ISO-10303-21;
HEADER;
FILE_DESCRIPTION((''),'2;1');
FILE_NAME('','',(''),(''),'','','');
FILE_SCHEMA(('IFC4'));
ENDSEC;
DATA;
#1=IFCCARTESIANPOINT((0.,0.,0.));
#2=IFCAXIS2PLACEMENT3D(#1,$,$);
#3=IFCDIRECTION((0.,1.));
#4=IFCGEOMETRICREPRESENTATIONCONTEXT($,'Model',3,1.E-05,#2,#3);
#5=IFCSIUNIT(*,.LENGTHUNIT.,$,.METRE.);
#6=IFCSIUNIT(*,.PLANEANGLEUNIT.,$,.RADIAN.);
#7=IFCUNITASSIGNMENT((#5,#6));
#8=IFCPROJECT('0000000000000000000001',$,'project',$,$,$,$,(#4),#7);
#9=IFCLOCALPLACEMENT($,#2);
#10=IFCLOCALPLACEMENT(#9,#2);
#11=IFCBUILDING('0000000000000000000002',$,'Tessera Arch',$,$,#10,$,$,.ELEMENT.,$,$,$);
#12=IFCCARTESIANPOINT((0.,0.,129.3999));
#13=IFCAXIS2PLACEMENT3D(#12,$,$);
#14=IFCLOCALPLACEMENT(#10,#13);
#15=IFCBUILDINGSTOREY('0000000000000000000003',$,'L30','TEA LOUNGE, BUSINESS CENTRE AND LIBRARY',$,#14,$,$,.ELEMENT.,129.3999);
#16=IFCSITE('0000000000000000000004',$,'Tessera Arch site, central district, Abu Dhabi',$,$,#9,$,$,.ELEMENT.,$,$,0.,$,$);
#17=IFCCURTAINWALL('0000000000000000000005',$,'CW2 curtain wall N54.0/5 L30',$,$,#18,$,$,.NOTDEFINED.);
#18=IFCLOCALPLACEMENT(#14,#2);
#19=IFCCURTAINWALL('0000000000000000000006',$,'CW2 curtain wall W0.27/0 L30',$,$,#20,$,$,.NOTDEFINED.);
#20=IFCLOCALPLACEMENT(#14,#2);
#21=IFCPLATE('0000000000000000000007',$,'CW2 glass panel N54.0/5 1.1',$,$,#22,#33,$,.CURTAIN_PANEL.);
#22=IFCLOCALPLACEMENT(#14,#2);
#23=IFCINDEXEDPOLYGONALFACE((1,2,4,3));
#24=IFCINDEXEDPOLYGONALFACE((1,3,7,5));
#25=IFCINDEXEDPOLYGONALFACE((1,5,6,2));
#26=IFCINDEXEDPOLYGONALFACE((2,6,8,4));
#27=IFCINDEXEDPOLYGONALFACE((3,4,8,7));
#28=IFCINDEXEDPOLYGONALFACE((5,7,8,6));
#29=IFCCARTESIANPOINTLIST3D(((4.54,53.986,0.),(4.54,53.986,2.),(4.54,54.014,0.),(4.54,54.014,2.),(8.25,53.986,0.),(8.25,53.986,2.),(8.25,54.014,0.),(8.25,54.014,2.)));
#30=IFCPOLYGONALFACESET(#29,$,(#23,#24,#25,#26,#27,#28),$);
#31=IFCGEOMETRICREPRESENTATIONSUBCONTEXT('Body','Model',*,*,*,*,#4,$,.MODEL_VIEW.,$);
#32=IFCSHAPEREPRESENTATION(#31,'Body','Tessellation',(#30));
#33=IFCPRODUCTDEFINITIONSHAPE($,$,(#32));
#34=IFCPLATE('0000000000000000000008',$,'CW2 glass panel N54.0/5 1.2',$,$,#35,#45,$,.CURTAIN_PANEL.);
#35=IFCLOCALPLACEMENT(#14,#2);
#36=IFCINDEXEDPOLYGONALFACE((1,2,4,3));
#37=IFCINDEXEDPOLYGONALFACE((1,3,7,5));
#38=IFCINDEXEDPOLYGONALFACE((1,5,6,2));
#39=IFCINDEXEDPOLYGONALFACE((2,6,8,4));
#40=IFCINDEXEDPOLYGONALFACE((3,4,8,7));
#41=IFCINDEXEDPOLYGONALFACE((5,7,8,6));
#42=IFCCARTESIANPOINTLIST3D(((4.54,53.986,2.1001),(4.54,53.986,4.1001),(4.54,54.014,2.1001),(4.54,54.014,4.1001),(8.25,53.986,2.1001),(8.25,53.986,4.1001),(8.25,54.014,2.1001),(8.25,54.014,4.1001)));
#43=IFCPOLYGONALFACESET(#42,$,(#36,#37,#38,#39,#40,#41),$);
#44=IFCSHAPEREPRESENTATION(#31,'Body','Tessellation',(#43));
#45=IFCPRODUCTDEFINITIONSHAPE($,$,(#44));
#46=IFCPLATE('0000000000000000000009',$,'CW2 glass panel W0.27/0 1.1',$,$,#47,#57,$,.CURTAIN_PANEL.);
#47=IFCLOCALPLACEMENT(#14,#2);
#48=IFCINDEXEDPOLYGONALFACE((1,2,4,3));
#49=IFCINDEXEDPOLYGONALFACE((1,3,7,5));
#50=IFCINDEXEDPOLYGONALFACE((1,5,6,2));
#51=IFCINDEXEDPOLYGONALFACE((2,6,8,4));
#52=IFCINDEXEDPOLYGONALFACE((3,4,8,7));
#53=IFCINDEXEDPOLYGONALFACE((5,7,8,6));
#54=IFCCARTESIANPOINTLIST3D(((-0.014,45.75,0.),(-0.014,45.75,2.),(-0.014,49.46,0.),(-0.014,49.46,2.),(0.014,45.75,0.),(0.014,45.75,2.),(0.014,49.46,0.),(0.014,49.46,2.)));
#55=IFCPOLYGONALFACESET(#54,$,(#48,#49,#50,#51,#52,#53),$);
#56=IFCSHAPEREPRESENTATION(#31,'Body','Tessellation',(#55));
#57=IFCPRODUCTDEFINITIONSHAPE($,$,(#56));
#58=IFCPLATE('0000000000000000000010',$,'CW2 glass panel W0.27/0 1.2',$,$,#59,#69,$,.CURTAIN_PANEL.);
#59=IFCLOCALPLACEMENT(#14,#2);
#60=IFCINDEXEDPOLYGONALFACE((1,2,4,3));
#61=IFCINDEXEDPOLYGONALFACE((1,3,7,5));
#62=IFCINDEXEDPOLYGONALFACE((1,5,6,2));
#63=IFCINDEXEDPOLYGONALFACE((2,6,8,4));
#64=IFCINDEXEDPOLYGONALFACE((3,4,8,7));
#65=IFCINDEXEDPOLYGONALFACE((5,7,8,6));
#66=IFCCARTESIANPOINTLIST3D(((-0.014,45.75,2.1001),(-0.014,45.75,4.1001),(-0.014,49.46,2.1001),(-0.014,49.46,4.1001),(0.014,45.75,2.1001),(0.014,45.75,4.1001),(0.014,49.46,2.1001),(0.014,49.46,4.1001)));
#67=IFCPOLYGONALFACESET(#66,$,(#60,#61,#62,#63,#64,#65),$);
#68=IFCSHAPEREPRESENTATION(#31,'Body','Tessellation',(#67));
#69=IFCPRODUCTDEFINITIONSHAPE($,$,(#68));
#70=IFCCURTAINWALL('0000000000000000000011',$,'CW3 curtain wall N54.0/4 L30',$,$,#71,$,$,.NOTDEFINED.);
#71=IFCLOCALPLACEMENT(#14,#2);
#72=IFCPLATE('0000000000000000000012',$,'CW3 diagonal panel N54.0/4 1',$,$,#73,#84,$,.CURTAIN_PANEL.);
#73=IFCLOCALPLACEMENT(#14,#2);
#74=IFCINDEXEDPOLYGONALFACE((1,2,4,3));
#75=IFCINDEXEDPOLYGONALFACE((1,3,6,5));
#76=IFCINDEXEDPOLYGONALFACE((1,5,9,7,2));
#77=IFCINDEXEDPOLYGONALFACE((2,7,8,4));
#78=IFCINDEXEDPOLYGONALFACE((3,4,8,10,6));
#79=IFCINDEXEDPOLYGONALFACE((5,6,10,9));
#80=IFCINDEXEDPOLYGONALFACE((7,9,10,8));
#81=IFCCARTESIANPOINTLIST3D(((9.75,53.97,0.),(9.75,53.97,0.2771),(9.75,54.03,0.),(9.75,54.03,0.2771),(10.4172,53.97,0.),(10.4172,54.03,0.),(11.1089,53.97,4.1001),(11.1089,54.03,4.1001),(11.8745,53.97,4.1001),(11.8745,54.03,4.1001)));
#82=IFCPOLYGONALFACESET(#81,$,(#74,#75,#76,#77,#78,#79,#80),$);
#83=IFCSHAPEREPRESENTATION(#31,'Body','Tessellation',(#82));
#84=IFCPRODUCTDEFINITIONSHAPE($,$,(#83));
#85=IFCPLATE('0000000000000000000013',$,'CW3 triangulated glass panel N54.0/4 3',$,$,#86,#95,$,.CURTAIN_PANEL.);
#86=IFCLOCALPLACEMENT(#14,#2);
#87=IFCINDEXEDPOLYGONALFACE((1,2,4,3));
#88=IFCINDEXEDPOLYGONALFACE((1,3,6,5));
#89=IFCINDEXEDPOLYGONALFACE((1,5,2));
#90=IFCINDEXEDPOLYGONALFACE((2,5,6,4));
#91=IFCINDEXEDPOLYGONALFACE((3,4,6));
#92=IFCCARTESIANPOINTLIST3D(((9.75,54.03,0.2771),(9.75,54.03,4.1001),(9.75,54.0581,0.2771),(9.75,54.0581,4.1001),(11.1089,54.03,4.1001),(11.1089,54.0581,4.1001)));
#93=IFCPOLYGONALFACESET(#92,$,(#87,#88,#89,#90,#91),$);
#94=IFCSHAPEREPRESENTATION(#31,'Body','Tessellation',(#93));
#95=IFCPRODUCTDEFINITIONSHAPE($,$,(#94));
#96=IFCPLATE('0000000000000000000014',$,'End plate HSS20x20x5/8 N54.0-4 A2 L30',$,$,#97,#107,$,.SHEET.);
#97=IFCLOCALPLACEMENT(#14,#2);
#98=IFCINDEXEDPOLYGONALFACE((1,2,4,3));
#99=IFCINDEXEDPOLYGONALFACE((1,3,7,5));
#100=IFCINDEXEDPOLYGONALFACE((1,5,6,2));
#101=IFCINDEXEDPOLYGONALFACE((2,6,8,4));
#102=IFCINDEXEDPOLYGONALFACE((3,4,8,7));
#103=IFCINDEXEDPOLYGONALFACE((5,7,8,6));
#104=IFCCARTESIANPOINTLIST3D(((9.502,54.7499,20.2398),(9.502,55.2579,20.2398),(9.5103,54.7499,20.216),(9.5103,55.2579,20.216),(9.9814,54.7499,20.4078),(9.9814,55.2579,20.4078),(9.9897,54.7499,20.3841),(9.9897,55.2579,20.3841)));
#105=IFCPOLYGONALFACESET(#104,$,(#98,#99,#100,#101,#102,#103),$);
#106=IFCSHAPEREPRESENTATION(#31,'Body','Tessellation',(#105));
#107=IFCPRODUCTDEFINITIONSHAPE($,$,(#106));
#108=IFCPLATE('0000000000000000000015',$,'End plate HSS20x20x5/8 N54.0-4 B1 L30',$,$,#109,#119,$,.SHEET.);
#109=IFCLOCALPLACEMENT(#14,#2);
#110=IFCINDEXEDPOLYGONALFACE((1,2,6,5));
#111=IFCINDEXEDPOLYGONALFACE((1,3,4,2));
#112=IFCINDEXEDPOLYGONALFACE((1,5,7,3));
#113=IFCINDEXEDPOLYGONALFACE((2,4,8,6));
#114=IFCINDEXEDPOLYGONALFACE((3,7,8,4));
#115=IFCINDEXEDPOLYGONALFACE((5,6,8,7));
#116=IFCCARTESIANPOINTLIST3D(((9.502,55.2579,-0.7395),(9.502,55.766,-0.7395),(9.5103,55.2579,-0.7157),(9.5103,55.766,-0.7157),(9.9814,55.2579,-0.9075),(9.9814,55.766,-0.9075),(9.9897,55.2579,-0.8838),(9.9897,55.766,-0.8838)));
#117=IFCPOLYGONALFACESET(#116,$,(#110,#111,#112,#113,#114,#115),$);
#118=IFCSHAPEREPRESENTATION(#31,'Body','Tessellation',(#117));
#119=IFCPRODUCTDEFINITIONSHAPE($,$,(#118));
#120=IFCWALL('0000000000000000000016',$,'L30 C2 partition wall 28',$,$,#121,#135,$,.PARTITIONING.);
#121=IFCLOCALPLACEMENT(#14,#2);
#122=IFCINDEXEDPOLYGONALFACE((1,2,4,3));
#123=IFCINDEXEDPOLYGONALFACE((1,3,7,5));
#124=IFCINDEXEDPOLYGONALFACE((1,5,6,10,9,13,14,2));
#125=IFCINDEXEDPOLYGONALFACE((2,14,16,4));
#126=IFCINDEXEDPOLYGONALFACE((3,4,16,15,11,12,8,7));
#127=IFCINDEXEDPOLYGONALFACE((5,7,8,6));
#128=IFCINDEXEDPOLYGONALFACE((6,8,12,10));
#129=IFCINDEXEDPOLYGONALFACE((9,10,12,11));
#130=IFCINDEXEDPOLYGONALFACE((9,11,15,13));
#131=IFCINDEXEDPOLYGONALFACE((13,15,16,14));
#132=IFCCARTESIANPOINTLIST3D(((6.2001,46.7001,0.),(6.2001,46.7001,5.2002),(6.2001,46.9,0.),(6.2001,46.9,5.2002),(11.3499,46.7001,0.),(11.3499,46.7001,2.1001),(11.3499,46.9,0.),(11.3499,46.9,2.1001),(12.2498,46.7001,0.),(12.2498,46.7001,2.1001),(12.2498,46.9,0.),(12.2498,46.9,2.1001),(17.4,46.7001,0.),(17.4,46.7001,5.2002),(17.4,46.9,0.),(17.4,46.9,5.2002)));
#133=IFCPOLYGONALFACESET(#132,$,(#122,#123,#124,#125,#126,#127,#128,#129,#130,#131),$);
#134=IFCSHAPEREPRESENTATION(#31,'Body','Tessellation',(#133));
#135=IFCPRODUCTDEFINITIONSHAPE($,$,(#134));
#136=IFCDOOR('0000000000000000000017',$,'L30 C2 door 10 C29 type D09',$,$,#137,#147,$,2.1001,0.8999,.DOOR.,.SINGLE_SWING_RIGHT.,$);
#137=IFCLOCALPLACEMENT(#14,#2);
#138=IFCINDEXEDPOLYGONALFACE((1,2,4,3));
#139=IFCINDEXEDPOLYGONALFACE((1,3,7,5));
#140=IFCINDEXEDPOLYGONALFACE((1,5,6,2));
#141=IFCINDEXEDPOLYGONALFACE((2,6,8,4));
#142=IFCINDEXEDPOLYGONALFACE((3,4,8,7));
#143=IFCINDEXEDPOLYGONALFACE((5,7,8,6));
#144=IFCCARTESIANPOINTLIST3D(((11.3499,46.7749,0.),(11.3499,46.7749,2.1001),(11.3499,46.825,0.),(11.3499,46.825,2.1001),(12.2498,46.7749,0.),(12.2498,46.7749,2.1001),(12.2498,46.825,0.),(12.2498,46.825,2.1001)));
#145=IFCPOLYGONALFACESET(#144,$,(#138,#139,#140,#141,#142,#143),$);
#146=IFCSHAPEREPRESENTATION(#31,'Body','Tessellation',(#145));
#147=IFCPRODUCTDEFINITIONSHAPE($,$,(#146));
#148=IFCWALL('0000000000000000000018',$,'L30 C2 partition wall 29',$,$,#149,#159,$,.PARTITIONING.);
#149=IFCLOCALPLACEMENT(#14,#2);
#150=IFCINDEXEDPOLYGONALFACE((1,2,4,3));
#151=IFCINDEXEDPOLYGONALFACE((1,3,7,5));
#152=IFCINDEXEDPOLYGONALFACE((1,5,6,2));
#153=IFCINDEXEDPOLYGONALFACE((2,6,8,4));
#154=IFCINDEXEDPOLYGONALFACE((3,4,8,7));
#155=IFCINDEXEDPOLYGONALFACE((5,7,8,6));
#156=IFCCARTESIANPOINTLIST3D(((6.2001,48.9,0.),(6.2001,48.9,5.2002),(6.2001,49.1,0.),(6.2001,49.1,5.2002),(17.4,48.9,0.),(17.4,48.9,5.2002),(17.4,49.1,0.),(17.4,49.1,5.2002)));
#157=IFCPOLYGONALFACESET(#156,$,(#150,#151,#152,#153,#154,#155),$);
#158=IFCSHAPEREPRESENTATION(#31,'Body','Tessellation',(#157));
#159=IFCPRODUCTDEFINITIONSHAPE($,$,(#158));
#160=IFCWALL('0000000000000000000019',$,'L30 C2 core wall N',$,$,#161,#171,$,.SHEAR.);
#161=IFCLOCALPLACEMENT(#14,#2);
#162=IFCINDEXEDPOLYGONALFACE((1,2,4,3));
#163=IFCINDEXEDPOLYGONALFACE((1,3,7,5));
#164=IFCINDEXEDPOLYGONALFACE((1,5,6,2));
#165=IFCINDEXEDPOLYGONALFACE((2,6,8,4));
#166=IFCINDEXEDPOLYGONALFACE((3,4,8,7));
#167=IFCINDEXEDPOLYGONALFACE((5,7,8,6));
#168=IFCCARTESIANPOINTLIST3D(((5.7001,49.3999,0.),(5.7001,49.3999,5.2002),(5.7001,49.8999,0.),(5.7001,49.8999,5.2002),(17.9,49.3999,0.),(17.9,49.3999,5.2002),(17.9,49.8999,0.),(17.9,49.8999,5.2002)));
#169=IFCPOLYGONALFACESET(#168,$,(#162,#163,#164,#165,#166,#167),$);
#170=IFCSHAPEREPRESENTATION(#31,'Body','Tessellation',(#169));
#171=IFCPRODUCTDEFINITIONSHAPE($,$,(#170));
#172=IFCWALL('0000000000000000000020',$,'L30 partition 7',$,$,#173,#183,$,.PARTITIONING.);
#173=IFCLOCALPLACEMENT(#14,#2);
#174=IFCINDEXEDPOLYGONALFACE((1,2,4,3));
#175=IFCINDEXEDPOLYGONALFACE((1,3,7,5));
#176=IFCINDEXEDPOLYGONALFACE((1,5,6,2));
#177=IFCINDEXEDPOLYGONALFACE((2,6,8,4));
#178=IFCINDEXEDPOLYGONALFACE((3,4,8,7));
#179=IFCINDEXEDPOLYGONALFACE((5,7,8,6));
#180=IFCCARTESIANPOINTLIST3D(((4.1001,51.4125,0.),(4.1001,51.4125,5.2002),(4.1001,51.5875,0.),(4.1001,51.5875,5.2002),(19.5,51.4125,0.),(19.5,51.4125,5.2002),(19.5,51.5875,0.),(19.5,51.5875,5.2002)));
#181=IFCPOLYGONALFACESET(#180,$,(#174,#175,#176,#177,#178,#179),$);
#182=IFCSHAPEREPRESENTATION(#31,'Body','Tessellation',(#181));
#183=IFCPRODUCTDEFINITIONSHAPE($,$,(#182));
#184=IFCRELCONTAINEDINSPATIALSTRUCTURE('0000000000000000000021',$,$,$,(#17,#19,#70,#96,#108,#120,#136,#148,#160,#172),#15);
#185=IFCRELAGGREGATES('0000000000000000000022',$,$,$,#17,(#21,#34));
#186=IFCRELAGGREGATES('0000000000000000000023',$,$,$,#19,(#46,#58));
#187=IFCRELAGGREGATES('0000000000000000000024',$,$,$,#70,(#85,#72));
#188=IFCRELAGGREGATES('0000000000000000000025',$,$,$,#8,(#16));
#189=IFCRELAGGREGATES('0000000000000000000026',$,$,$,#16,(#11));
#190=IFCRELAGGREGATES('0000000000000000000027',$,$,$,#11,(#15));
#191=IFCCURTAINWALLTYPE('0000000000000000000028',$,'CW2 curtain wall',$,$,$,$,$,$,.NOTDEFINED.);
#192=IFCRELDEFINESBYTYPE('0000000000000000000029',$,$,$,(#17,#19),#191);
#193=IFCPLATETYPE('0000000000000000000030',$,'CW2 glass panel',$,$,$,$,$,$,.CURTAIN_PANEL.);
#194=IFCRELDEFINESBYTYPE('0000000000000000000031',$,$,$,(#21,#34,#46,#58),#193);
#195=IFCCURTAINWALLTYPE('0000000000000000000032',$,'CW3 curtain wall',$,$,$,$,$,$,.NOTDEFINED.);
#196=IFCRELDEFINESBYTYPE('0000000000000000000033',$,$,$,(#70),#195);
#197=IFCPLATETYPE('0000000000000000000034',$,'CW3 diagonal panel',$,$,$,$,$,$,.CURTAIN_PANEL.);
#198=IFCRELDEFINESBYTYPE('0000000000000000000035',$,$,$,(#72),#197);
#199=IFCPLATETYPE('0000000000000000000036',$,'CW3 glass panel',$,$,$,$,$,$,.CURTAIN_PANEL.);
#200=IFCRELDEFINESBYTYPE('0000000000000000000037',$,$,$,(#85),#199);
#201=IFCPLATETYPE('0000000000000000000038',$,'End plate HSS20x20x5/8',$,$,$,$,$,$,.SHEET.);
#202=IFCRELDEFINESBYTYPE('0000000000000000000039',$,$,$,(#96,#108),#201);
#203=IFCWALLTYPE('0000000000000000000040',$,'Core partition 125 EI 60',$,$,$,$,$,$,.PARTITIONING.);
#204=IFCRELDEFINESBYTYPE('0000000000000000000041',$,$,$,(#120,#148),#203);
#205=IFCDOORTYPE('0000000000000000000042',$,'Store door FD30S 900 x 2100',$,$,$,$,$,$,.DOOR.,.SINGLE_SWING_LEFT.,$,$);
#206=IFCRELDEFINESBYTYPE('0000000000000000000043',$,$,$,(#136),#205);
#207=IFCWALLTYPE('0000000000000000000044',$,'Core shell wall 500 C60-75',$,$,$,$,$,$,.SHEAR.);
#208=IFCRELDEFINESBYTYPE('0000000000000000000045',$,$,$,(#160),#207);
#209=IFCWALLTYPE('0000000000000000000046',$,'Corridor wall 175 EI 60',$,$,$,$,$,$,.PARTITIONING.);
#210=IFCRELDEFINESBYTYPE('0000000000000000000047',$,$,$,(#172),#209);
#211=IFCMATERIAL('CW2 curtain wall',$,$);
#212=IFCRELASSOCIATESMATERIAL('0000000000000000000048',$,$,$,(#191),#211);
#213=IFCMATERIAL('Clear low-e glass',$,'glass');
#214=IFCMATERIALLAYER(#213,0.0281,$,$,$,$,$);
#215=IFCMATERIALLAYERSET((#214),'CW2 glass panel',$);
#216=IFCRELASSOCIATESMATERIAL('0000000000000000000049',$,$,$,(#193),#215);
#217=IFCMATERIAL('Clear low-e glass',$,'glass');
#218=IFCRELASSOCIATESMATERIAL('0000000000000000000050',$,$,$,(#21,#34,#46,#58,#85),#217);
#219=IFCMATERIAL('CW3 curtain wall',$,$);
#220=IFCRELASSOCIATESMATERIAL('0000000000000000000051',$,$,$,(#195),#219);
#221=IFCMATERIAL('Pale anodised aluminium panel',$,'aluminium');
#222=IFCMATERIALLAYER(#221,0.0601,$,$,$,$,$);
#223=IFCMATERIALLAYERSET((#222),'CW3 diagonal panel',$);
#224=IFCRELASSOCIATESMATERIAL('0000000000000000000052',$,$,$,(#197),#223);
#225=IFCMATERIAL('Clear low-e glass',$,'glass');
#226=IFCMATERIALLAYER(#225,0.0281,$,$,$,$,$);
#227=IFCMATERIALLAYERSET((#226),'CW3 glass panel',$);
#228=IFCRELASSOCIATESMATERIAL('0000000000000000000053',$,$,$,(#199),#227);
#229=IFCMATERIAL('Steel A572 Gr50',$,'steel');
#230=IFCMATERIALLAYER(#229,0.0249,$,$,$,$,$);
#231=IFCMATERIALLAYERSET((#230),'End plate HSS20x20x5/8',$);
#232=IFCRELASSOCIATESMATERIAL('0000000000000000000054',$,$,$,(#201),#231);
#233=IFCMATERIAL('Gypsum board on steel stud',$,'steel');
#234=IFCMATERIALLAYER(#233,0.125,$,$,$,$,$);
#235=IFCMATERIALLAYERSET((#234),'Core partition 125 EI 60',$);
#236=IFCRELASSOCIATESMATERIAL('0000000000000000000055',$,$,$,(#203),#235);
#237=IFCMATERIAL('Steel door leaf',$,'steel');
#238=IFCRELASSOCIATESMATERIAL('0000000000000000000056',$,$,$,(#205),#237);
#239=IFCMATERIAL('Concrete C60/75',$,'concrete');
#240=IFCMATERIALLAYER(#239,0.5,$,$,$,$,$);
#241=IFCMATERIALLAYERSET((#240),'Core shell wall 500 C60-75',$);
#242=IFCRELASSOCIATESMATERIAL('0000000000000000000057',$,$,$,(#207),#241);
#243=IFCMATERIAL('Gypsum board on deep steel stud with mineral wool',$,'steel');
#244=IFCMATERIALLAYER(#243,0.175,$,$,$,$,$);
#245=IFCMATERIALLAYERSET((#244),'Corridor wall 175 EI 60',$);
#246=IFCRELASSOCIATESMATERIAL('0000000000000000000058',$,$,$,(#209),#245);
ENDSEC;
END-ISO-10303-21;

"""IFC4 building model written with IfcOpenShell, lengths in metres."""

from ifc_helpers import new_model, si_unit, direction, frame, frame_2d, origin, origin_2d, place, context, subcontext, project, spatial, polyline, rectangle, outline, extrude, material, layer, layer_set, type_object, element, fill, aggregate, save


model = new_model("IFC4")

# Units and contexts
model_context = context("Model", 3, precision=1e-05, world=origin(), true_north=direction((0.0, 1.0)))
body_context = subcontext(model_context, "Body", "Model", "MODEL_VIEW")
ifc_project = project(units=[si_unit("LENGTHUNIT", "METRE"), si_unit("PLANEANGLEUNIT", "RADIAN")], contexts=[model_context])

# Site, building, storey
site_placement = place(None, origin())
site = spatial("IfcSite", under=ifc_project, at=site_placement, Name="Tessera Arch site, central district, Abu Dhabi", CompositionType="ELEMENT", RefElevation=0.0)
building_placement = place(site_placement, origin())
building = spatial("IfcBuilding", under=site, at=building_placement, Name="Tessera Arch", CompositionType="ELEMENT")
storey_placement = place(building_placement, frame((0.0, 0.0, 129.3999)))
storey = spatial("IfcBuildingStorey", under=building, at=storey_placement, Name="L30", Description="TEA LOUNGE, BUSINESS CENTRE AND LIBRARY", CompositionType="ELEMENT", Elevation=129.3999)

# Curtain walls
ifc_material_1 = material(Name="CW2 curtain wall")
curtain_wall_type_1 = type_object("IfcCurtainWallType", Name="CW2 curtain wall", PredefinedType="NOTDEFINED", material=ifc_material_1)
curtain_wall_1_placement = place(storey_placement, origin())
curtain_wall_1 = element("IfcCurtainWall", 1, at=curtain_wall_1_placement, inside=storey, type_object=curtain_wall_type_1, Name="CW2 curtain wall N54.0/5 L30", PredefinedType="NOTDEFINED")
curtain_wall_2_placement = place(storey_placement, origin())
curtain_wall_2 = element("IfcCurtainWall", 2, at=curtain_wall_2_placement, inside=storey, type_object=curtain_wall_type_1, Name="CW2 curtain wall W0.27/0 L30", PredefinedType="NOTDEFINED")

# Plates
ifc_material_2 = material(Name="Clear low-e glass", Category="glass")
ifc_material_3 = material(Name="Clear low-e glass", Category="glass")
ifc_layer_1 = layer(ifc_material_3, 0.0281)
ifc_layer_set_1 = layer_set([ifc_layer_1], Name="CW2 glass panel")
plate_type_1 = type_object("IfcPlateType", Name="CW2 glass panel", PredefinedType="CURTAIN_PANEL", material=ifc_layer_set_1)
plate_1_placement = place(storey_placement, frame((6.395, 54.0, 0.0), z_axis=(0.0, 0.0, 1.0), x_axis=(-1.0, 0.0, 0.0)))
plate_1 = element("IfcPlate", 3, at=plate_1_placement, type_object=plate_type_1, material=ifc_material_2, Name="CW2 glass panel N54.0/5 1.1", PredefinedType="CURTAIN_PANEL", context=body_context, shape_type="SweptSolid", body=[
    extrude(rectangle(XDim=3.71, YDim=0.0281, at=origin_2d()), origin(), (0.0, 0.0, 1.0), 2.0),
])
plate_2_placement = place(storey_placement, frame((6.395, 54.0, 2.1001), z_axis=(0.0, 0.0, 1.0), x_axis=(-1.0, 0.0, 0.0)))
plate_2 = element("IfcPlate", 4, at=plate_2_placement, type_object=plate_type_1, material=ifc_material_2, Name="CW2 glass panel N54.0/5 1.2", PredefinedType="CURTAIN_PANEL", context=body_context, shape_type="SweptSolid", body=[
    extrude(rectangle(XDim=3.71, YDim=0.0281, at=origin_2d()), origin(), (0.0, 0.0, 1.0), 2.0),
])
aggregate(curtain_wall_1, [plate_1, plate_2])
plate_3_placement = place(storey_placement, frame((0.0, 47.605, 0.0), z_axis=(0.0, 0.0, 1.0), x_axis=(0.0, -1.0, 0.0)))
plate_3 = element("IfcPlate", 5, at=plate_3_placement, type_object=plate_type_1, material=ifc_material_2, Name="CW2 glass panel W0.27/0 1.1", PredefinedType="CURTAIN_PANEL", context=body_context, shape_type="SweptSolid", body=[
    extrude(rectangle(XDim=3.71, YDim=0.0281, at=origin_2d()), origin(), (0.0, 0.0, 1.0), 2.0),
])
plate_4_placement = place(storey_placement, frame((0.0, 47.605, 2.1001), z_axis=(0.0, 0.0, 1.0), x_axis=(0.0, -1.0, 0.0)))
plate_4 = element("IfcPlate", 6, at=plate_4_placement, type_object=plate_type_1, material=ifc_material_2, Name="CW2 glass panel W0.27/0 1.2", PredefinedType="CURTAIN_PANEL", context=body_context, shape_type="SweptSolid", body=[
    extrude(rectangle(XDim=3.71, YDim=0.0281, at=origin_2d()), origin(), (0.0, 0.0, 1.0), 2.0),
])
aggregate(curtain_wall_2, [plate_3, plate_4])

# Curtain wall, plates
ifc_material_4 = material(Name="CW3 curtain wall")
curtain_wall_type_2 = type_object("IfcCurtainWallType", Name="CW3 curtain wall", PredefinedType="NOTDEFINED", material=ifc_material_4)
curtain_wall_3_placement = place(storey_placement, origin())
curtain_wall_3 = element("IfcCurtainWall", 7, at=curtain_wall_3_placement, inside=storey, type_object=curtain_wall_type_2, Name="CW3 curtain wall N54.0/4 L30", PredefinedType="NOTDEFINED")
ifc_material_5 = material(Name="Pale anodised aluminium panel", Category="aluminium")
ifc_layer_2 = layer(ifc_material_5, 0.0601)
ifc_layer_set_2 = layer_set([ifc_layer_2], Name="CW3 diagonal panel")
plate_type_2 = type_object("IfcPlateType", Name="CW3 diagonal panel", PredefinedType="CURTAIN_PANEL", material=ifc_layer_set_2)
plate_5_placement = place(storey_placement, frame((9.75, 54.03, 0.0), z_axis=(0.0, 1.0, 0.0), x_axis=(0.0, 0.0, 1.0)))
plate_5 = element("IfcPlate", 8, at=plate_5_placement, type_object=plate_type_2, Name="CW3 diagonal panel N54.0/4 1", PredefinedType="CURTAIN_PANEL", context=body_context, shape_type="SweptSolid", body=[
    extrude(outline(polyline([(0.0, 0.0), (0.2771, 0.0), (4.1001, 1.3589), (4.1001, 2.1245), (0.0, 0.6672), (0.0, 0.0)])), origin(), (0.0, 0.0, -1.0), 0.0601),
])
ifc_material_6 = material(Name="Clear low-e glass", Category="glass")
ifc_layer_3 = layer(ifc_material_6, 0.0281)
ifc_layer_set_3 = layer_set([ifc_layer_3], Name="CW3 glass panel")
plate_type_3 = type_object("IfcPlateType", Name="CW3 glass panel", PredefinedType="CURTAIN_PANEL", material=ifc_layer_set_3)
plate_6_placement = place(storey_placement, frame((9.75, 54.0581, 4.1001), z_axis=(0.0, 1.0, 0.0), x_axis=(1.0, 0.0, 0.0)))
plate_6 = element("IfcPlate", 9, at=plate_6_placement, type_object=plate_type_3, material=ifc_material_2, Name="CW3 triangulated glass panel N54.0/4 3", PredefinedType="CURTAIN_PANEL", context=body_context, shape_type="SweptSolid", body=[
    extrude(outline(polyline([(0.0, 0.0), (1.3589, 0.0), (0.0, 3.823), (0.0, 0.0)])), origin(), (0.0, 0.0, -1.0), 0.0281),
])
aggregate(curtain_wall_3, [plate_6, plate_5])

# Plates
ifc_material_7 = material(Name="Steel A572 Gr50", Category="steel")
ifc_layer_4 = layer(ifc_material_7, 0.0249)
ifc_layer_set_4 = layer_set([ifc_layer_4], Name="End plate HSS20x20x5/8")
plate_type_4 = type_object("IfcPlateType", Name="End plate HSS20x20x5/8", PredefinedType="SHEET", material=ifc_layer_set_4)
for number, where, z_axis, x_axis, name in (
    (10, (9.75, 55.0039, 20.3), (-0.330784, 0.0, 0.943707), (0.0, -1.0, 0.0), "End plate HSS20x20x5/8 N54.0-4 A2 L30"),
    (11, (9.7417, 55.512, -0.8235), (0.330784, 0.0, 0.943707), (0.0, 1.0, 0.0), "End plate HSS20x20x5/8 N54.0-4 B1 L30"),
):
    element("IfcPlate", number, at=place(storey_placement, frame(where, z_axis=z_axis, x_axis=x_axis)), inside=storey, type_object=plate_type_4, Name=name, PredefinedType="SHEET", context=body_context, shape_type="SweptSolid", body=[
        extrude(rectangle(XDim=0.5081, YDim=0.5081, at=origin_2d()), origin(), (0.0, 0.0, 1.0), 0.0251),
    ])

# Wall, opening, door
ifc_material_8 = material(Name="Gypsum board on steel stud", Category="steel")
ifc_layer_5 = layer(ifc_material_8, 0.125)
ifc_layer_set_5 = layer_set([ifc_layer_5], Name="Core partition 125 EI 60")
wall_type_1 = type_object("IfcWallType", Name="Core partition 125 EI 60", PredefinedType="PARTITIONING", material=ifc_layer_set_5)
wall_1_placement = place(storey_placement, frame((6.2, 46.8, 0.0), z_axis=(0.0, 0.0, 1.0), x_axis=(1.0, 0.0, 0.0)))
wall_1 = element("IfcWall", 12, at=wall_1_placement, inside=storey, type_object=wall_type_1, Name="L30 C2 partition wall 28", PredefinedType="PARTITIONING", context=body_context, shape_type="SweptSolid", body=[
    extrude(rectangle(XDim=11.2, YDim=0.2, at=frame_2d((5.6001, 0.0))), origin(), (0.0, 0.0, 1.0), 5.2002),
])
opening_1_placement = place(wall_1_placement, frame((5.1499, 0.0, 0.0)))
opening_1 = element("IfcOpeningElement", 13, at=opening_1_placement, cuts=wall_1, PredefinedType="OPENING", context=body_context, shape_type="SweptSolid", body=[
    extrude(rectangle(XDim=0.8999, YDim=2.1001, at=frame_2d((0.45, 1.05))), frame((0.0, 0.1099, 0.0), z_axis=(0.0, -1.0, 0.0), x_axis=(1.0, 0.0, 0.0)), (0.0, 0.0, 1.0), 0.22),
])
ifc_material_9 = material(Name="Steel door leaf", Category="steel")
door_type_1 = type_object("IfcDoorType", Name="Store door FD30S 900 x 2100", OperationType="SINGLE_SWING_LEFT", PredefinedType="DOOR", material=ifc_material_9)
door_1_placement = place(opening_1_placement, origin())
door_1 = element("IfcDoor", 14, at=door_1_placement, inside=storey, type_object=door_type_1, Name="L30 C2 door 10 C29 type D09", OperationType="SINGLE_SWING_RIGHT", OverallHeight=2.1001, OverallWidth=0.8999, PredefinedType="DOOR", context=body_context, shape_type="SweptSolid", body=[
    extrude(rectangle(XDim=0.8999, YDim=2.1001, at=frame_2d((0.45, 1.05))), frame((0.0, 0.0249, 0.0), z_axis=(0.0, -1.0, 0.0), x_axis=(1.0, 0.0, 0.0)), (0.0, 0.0, 1.0), 0.05),
])
fill(opening_1, door_1)

# Walls
wall_2_placement = place(storey_placement, frame((6.2, 49.0, 0.0), z_axis=(0.0, 0.0, 1.0), x_axis=(1.0, 0.0, 0.0)))
element("IfcWall", 15, at=wall_2_placement, inside=storey, type_object=wall_type_1, Name="L30 C2 partition wall 29", PredefinedType="PARTITIONING", context=body_context, shape_type="SweptSolid", body=[
    extrude(rectangle(XDim=11.2, YDim=0.2, at=frame_2d((5.6001, 0.0))), origin(), (0.0, 0.0, 1.0), 5.2002),
])
ifc_material_10 = material(Name="Concrete C60/75", Category="concrete")
ifc_layer_6 = layer(ifc_material_10, 0.5)
ifc_layer_set_6 = layer_set([ifc_layer_6], Name="Core shell wall 500 C60-75")
wall_type_2 = type_object("IfcWallType", Name="Core shell wall 500 C60-75", PredefinedType="SHEAR", material=ifc_layer_set_6)
wall_3_placement = place(storey_placement, frame((5.7, 49.6499, 0.0), z_axis=(0.0, 0.0, 1.0), x_axis=(1.0, 0.0, 0.0)))
element("IfcWall", 16, at=wall_3_placement, inside=storey, type_object=wall_type_2, Name="L30 C2 core wall N", PredefinedType="SHEAR", context=body_context, shape_type="SweptSolid", body=[
    extrude(rectangle(XDim=12.2, YDim=0.5, at=frame_2d((6.1001, 0.0))), origin(), (0.0, 0.0, 1.0), 5.2002),
])
ifc_material_11 = material(Name="Gypsum board on deep steel stud with mineral wool", Category="steel")
ifc_layer_7 = layer(ifc_material_11, 0.175)
ifc_layer_set_7 = layer_set([ifc_layer_7], Name="Corridor wall 175 EI 60")
wall_type_3 = type_object("IfcWallType", Name="Corridor wall 175 EI 60", PredefinedType="PARTITIONING", material=ifc_layer_set_7)
wall_4_placement = place(storey_placement, frame((4.1001, 51.5, 0.0), z_axis=(0.0, 0.0, 1.0), x_axis=(1.0, 0.0, 0.0)))
element("IfcWall", 17, at=wall_4_placement, inside=storey, type_object=wall_type_3, Name="L30 partition 7", PredefinedType="PARTITIONING", context=body_context, shape_type="SweptSolid", body=[
    extrude(rectangle(XDim=15.3999, YDim=0.175, at=frame_2d((7.7, 0.0))), origin(), (0.0, 0.0, 1.0), 5.2002),
])

save(model, "model.ifc")
